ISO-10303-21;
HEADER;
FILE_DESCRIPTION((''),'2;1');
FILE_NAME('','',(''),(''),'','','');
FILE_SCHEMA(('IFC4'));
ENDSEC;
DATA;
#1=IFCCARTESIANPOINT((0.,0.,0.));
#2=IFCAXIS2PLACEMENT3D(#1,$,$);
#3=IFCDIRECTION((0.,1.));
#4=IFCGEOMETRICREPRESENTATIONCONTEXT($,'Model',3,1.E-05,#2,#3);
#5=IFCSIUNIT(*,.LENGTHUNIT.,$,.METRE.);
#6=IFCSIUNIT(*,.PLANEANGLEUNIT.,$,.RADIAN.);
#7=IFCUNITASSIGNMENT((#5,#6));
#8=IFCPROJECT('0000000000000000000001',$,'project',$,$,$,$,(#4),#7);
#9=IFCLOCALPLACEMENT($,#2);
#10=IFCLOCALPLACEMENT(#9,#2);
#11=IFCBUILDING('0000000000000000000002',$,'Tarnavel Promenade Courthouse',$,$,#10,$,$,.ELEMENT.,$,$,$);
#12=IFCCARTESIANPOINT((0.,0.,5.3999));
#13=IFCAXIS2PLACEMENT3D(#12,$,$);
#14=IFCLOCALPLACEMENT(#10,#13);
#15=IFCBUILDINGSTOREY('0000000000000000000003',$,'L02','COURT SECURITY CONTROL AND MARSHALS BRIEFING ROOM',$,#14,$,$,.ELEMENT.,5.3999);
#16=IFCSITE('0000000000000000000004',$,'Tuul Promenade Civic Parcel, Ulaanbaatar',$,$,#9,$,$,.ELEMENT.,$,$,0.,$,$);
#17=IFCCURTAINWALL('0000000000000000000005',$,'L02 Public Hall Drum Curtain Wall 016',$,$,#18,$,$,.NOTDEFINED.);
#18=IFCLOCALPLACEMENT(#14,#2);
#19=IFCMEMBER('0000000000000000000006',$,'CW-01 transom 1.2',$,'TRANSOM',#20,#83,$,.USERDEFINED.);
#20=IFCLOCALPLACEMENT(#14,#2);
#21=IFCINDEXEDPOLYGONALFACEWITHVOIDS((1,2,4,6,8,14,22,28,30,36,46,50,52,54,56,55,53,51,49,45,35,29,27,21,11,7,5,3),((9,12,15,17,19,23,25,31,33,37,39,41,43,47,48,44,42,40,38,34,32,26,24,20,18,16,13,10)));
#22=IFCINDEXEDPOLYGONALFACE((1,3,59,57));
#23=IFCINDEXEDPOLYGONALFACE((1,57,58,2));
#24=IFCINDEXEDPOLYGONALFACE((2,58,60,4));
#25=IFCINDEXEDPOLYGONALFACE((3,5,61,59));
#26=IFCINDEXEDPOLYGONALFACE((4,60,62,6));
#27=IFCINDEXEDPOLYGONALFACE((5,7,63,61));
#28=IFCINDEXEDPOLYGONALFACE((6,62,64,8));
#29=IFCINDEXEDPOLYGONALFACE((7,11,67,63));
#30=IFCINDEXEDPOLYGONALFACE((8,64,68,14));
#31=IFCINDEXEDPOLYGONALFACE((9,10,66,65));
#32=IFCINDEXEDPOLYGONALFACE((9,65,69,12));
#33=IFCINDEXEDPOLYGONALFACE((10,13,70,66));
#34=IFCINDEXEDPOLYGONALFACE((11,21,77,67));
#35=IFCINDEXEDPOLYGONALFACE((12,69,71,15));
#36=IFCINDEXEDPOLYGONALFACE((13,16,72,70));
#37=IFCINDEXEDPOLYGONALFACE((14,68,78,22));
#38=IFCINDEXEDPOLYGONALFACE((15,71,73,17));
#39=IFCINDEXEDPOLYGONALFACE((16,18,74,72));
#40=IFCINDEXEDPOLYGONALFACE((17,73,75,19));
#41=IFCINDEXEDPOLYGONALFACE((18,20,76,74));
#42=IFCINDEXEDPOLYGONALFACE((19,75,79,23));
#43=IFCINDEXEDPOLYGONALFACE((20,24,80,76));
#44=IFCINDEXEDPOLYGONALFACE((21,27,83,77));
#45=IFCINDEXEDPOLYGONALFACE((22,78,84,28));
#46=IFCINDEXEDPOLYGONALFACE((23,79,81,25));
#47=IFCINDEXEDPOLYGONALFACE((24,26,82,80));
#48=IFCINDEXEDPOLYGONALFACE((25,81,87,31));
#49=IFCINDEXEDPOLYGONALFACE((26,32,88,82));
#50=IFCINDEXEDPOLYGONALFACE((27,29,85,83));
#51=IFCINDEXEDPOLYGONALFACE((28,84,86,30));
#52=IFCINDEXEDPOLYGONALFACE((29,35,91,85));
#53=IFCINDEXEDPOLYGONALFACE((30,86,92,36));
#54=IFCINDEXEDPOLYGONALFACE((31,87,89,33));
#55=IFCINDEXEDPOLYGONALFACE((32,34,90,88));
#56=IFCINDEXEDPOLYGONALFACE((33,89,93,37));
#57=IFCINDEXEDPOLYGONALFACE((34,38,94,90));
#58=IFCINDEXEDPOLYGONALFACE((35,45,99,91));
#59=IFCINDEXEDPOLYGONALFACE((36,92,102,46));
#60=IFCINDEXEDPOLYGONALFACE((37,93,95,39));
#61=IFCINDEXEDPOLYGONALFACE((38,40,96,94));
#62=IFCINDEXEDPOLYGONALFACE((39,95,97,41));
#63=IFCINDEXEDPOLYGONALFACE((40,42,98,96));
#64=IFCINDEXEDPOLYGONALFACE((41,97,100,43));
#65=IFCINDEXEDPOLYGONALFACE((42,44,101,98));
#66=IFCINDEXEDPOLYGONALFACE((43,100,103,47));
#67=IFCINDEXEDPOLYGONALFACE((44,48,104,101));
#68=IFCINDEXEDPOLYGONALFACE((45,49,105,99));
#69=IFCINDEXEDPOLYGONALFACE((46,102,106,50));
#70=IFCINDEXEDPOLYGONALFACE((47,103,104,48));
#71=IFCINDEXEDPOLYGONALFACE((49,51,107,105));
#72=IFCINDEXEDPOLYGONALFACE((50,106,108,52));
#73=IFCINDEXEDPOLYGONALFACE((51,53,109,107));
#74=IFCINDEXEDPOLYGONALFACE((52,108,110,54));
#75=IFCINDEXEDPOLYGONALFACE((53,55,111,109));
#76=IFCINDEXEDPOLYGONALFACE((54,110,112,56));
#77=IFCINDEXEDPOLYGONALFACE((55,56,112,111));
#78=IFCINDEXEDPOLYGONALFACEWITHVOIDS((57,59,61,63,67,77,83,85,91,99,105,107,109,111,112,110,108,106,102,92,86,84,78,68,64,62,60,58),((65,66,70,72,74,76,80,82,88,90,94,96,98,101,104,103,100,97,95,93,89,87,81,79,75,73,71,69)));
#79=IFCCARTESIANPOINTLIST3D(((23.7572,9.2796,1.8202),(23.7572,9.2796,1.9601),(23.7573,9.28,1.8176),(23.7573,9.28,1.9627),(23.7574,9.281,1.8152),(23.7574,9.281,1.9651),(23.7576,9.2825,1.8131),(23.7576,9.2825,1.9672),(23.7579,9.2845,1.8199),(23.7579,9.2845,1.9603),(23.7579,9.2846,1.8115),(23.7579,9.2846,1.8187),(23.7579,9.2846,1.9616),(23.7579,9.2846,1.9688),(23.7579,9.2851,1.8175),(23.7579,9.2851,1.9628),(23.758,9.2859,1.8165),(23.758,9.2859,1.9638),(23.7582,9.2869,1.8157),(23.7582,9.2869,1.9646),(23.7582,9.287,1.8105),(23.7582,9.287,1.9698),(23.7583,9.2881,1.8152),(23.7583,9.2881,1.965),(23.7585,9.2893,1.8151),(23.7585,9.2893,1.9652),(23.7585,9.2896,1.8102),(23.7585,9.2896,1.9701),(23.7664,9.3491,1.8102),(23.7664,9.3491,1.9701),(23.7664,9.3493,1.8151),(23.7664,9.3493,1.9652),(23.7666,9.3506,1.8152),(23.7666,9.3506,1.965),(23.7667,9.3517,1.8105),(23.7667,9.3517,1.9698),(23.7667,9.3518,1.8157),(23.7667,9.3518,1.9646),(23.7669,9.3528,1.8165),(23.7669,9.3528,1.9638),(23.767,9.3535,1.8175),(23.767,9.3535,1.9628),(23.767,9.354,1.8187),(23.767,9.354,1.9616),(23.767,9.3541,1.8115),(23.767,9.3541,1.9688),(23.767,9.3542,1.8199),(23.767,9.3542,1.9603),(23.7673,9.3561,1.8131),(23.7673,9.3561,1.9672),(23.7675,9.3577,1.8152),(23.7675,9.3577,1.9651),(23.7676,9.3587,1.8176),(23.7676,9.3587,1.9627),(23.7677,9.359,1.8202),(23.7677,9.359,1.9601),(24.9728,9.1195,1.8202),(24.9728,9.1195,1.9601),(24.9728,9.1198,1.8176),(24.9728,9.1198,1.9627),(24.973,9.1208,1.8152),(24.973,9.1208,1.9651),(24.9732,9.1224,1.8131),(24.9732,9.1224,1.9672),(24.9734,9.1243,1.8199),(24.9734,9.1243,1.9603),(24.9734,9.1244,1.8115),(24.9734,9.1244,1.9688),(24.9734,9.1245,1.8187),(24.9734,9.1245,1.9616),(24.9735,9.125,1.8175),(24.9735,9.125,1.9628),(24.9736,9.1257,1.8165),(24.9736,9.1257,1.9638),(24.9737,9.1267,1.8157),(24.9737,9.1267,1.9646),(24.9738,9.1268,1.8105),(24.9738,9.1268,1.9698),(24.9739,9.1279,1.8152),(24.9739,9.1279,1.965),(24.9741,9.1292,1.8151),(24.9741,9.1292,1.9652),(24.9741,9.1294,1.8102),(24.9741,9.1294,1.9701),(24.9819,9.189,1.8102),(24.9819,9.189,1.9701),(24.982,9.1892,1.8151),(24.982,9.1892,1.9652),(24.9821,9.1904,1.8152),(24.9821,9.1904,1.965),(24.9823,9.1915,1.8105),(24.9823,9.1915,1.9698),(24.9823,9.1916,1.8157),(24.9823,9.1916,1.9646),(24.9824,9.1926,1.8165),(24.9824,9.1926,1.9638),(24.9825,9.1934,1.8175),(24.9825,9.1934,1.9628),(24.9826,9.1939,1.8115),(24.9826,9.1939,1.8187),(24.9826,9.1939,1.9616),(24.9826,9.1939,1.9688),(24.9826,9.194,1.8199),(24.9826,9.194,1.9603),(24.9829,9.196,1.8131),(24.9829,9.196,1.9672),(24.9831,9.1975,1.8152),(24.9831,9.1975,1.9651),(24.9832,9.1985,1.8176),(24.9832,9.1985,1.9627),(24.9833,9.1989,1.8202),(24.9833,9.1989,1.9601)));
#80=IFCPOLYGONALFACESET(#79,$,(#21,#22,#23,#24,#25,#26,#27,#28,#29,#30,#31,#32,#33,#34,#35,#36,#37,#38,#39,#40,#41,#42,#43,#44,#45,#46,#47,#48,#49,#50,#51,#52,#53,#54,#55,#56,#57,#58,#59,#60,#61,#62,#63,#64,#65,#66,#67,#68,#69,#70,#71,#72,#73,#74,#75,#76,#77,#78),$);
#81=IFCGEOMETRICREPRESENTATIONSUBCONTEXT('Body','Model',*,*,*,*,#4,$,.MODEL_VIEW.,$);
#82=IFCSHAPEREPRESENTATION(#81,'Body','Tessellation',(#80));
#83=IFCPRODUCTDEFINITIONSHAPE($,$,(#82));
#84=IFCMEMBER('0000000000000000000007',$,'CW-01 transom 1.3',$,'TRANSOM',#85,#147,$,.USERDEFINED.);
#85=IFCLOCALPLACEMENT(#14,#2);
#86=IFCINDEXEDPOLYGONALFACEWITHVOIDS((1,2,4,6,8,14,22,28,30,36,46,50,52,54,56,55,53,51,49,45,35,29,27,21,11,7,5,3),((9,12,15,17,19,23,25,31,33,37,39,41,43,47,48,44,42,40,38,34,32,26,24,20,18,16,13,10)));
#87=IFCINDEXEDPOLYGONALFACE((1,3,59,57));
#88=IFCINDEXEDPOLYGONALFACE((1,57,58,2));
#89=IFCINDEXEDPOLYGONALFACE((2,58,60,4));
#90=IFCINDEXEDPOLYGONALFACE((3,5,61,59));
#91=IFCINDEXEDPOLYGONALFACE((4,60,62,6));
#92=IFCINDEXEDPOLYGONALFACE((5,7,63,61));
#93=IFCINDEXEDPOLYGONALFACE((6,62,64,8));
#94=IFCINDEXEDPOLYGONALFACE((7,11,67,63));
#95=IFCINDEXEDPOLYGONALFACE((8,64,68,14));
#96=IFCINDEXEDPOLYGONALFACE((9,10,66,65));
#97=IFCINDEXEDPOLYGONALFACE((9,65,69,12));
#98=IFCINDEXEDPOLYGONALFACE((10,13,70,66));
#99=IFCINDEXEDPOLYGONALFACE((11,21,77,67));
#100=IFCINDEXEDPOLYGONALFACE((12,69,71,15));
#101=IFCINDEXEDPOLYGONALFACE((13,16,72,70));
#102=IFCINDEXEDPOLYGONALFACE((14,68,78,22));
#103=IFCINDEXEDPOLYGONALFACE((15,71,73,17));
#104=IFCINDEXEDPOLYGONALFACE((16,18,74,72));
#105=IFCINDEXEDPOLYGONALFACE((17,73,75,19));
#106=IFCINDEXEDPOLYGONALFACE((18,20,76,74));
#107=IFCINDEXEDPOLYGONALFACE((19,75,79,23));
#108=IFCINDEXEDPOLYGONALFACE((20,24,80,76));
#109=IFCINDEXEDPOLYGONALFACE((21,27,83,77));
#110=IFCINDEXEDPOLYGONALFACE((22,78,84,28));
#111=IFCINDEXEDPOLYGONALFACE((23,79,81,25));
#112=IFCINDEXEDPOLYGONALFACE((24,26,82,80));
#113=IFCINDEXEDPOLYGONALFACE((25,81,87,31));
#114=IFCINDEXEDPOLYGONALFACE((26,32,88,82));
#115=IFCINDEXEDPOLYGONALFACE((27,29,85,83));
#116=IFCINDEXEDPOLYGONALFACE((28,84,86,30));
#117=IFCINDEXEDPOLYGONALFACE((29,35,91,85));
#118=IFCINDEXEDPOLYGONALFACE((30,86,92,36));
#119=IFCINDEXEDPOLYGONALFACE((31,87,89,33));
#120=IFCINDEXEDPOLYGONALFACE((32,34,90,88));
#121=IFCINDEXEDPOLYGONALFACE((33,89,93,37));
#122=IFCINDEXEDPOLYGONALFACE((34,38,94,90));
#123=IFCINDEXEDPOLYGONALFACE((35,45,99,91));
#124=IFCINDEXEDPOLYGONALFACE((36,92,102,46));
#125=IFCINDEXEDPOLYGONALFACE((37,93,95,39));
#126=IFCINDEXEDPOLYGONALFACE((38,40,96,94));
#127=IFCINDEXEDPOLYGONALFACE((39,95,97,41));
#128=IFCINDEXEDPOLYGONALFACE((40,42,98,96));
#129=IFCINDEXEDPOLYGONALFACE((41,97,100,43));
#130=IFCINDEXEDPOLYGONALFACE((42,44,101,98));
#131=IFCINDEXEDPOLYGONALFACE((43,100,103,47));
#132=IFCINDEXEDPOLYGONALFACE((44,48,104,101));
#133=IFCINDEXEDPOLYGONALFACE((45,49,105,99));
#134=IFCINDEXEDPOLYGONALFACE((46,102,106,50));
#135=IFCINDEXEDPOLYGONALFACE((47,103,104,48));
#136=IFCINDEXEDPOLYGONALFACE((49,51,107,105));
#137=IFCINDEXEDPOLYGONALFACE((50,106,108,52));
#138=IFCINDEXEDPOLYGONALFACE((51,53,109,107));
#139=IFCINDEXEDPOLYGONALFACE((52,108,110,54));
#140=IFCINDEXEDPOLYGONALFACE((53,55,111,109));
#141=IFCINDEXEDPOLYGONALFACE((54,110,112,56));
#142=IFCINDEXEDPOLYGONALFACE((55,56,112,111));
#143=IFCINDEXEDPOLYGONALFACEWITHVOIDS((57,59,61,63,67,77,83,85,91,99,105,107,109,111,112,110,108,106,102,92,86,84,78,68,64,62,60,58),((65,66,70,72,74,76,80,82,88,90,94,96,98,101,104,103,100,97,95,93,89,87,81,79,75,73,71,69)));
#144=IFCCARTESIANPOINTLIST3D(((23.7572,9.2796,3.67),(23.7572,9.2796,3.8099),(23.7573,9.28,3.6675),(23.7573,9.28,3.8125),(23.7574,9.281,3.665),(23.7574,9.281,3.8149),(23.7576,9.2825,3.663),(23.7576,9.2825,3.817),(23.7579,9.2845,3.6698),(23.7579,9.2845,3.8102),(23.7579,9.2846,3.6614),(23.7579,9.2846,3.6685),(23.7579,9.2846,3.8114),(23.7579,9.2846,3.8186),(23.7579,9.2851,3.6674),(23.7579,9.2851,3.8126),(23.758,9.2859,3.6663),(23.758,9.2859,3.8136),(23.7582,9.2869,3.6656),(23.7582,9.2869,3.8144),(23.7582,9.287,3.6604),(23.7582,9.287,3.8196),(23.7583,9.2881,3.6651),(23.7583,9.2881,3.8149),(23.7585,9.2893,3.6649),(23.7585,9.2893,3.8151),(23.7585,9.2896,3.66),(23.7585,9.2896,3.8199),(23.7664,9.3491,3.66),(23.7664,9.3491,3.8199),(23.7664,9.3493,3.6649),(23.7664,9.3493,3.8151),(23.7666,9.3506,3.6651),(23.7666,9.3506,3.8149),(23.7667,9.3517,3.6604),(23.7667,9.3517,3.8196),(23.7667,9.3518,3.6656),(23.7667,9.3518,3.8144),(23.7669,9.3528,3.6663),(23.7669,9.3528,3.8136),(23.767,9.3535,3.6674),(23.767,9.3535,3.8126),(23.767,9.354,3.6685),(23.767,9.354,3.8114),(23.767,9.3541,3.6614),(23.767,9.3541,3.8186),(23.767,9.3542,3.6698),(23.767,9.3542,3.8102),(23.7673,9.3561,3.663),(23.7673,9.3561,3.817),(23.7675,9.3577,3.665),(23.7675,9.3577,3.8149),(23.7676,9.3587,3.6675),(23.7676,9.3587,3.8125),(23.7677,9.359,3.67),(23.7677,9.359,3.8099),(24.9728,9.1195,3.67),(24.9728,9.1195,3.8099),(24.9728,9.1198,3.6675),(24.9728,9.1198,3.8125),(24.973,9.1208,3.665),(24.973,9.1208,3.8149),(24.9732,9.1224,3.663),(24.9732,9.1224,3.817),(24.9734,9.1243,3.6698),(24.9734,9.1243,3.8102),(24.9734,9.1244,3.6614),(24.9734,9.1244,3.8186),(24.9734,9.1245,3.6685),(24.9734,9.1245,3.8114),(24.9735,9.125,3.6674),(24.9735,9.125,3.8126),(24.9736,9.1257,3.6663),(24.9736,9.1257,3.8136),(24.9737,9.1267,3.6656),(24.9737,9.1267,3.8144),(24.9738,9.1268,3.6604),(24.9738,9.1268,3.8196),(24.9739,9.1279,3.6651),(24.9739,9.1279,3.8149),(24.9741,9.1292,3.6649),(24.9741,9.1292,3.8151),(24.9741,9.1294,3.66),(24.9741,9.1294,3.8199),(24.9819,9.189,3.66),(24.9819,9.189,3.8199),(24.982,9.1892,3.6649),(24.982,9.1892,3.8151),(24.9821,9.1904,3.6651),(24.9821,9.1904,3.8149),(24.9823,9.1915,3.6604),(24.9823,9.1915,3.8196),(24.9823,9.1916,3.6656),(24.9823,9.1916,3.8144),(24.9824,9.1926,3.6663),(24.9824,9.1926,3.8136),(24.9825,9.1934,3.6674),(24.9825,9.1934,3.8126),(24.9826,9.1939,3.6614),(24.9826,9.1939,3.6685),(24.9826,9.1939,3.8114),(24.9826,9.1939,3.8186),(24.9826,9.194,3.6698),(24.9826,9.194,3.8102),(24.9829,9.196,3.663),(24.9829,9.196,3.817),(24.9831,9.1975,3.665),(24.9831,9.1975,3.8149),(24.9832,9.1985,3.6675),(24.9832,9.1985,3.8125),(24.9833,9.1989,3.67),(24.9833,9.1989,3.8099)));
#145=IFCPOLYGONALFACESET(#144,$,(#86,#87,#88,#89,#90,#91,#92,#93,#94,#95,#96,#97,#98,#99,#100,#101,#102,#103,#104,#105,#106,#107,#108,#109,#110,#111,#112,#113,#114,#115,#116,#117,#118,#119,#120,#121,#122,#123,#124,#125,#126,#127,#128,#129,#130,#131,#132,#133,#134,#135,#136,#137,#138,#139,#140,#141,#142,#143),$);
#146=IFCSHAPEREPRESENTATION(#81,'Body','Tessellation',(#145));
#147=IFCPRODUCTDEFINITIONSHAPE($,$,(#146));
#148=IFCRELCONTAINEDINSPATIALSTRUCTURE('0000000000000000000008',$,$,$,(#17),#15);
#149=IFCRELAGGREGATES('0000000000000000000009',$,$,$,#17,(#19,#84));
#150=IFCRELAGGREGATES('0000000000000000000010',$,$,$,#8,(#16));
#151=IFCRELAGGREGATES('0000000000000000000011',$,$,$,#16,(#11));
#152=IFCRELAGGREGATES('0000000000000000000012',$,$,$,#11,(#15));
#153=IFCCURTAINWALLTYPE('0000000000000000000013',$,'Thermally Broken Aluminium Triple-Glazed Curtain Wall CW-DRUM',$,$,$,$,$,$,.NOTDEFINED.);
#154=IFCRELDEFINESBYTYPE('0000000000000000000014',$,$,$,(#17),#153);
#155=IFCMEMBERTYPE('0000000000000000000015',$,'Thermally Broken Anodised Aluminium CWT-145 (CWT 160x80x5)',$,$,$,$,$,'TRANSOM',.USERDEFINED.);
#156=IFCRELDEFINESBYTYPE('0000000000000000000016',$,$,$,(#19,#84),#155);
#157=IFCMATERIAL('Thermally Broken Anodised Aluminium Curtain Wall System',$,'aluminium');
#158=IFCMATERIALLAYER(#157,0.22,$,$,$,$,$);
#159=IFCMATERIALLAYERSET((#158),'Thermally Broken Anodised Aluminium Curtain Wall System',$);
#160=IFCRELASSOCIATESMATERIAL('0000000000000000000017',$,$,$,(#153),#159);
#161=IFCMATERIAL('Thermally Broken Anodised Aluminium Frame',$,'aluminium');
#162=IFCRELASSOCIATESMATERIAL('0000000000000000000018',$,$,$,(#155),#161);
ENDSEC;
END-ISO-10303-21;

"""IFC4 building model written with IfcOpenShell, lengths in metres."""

from ifc_helpers import new_model, si_unit, direction, frame, origin, origin_2d, place, context, subcontext, project, spatial, hollow_rectangle, extrude, material, layer, layer_set, material_profile, profile_set, type_object, element, aggregate, save


model = new_model("IFC4")

# Units and contexts
model_context = context("Model", 3, precision=1e-05, world=origin(), true_north=direction((0.0, 1.0)))
body_context = subcontext(model_context, "Body", "Model", "MODEL_VIEW")
ifc_project = project(units=[si_unit("LENGTHUNIT", "METRE"), si_unit("PLANEANGLEUNIT", "RADIAN")], contexts=[model_context])

# Site, building, storey
site_placement = place(None, origin())
site = spatial("IfcSite", under=ifc_project, at=site_placement, Name="Tuul Promenade Civic Parcel, Ulaanbaatar", CompositionType="ELEMENT", RefElevation=0.0)
building_placement = place(site_placement, origin())
building = spatial("IfcBuilding", under=site, at=building_placement, Name="Tarnavel Promenade Courthouse", CompositionType="ELEMENT")
storey_placement = place(building_placement, frame((0.0, 0.0, 5.3999)))
storey = spatial("IfcBuildingStorey", under=building, at=storey_placement, Name="L02", Description="COURT SECURITY CONTROL AND MARSHALS BRIEFING ROOM", CompositionType="ELEMENT", Elevation=5.3999)

# Curtain wall
ifc_material_1 = material(Name="Thermally Broken Anodised Aluminium Curtain Wall System", Category="aluminium")
ifc_layer_1 = layer(ifc_material_1, 0.22)
ifc_layer_set_1 = layer_set([ifc_layer_1], Name="Thermally Broken Anodised Aluminium Curtain Wall System")
curtain_wall_type = type_object("IfcCurtainWallType", Name="Thermally Broken Aluminium Triple-Glazed Curtain Wall CW-DRUM", PredefinedType="NOTDEFINED", material=ifc_layer_set_1)
ifc_material_2 = material(Name="Thermally Broken Anodised Aluminium Frame", Category="aluminium")
curtain_wall_1_placement = place(storey_placement, origin())
curtain_wall_1 = element("IfcCurtainWall", 1, at=curtain_wall_1_placement, inside=storey, type_object=curtain_wall_type, Name="L02 Public Hall Drum Curtain Wall 016", PredefinedType="NOTDEFINED")

# Members
ifc_material_profile_1 = material_profile(ifc_material_2, hollow_rectangle(XDim=0.0801, YDim=0.1599, WallThickness=0.0049, InnerFilletRadius=0.0049, OuterFilletRadius=0.01, at=origin_2d()), Name="CWT 160x80x5")
ifc_profile_set_1 = profile_set([ifc_material_profile_1], Name="Thermally Broken Anodised Aluminium Frame")
member_type_1 = type_object("IfcMemberType", Name="Thermally Broken Anodised Aluminium CWT-145 (CWT 160x80x5)", ElementType="TRANSOM", PredefinedType="USERDEFINED", material=ifc_profile_set_1)
member_1_placement = place(storey_placement, frame((23.7625, 9.3193, 1.8901), z_axis=(0.991432, -0.130624, 0.0), x_axis=(0.130624, 0.991432, 0.0)))
member_1 = element("IfcMember", 2, at=member_1_placement, type_object=member_type_1, Name="CW-01 transom 1.2", ObjectType="TRANSOM", PredefinedType="USERDEFINED", context=body_context, shape_type="SweptSolid", body=[
    extrude(hollow_rectangle(XDim=0.0801, YDim=0.1599, WallThickness=0.0049, InnerFilletRadius=0.0049, OuterFilletRadius=0.01, at=origin_2d()), origin(), (0.0, 0.0, 1.0), 1.2261),
])
member_2_placement = place(storey_placement, frame((23.7625, 9.3193, 3.74), z_axis=(0.991432, -0.130624, 0.0), x_axis=(0.130624, 0.991432, 0.0)))
member_2 = element("IfcMember", 3, at=member_2_placement, type_object=member_type_1, Name="CW-01 transom 1.3", ObjectType="TRANSOM", PredefinedType="USERDEFINED", context=body_context, shape_type="SweptSolid", body=[
    extrude(hollow_rectangle(XDim=0.0801, YDim=0.1599, WallThickness=0.0049, InnerFilletRadius=0.0049, OuterFilletRadius=0.01, at=origin_2d()), origin(), (0.0, 0.0, 1.0), 1.2261),
])

aggregate(curtain_wall_1, [member_1, member_2])

save(model, "model.ifc")
